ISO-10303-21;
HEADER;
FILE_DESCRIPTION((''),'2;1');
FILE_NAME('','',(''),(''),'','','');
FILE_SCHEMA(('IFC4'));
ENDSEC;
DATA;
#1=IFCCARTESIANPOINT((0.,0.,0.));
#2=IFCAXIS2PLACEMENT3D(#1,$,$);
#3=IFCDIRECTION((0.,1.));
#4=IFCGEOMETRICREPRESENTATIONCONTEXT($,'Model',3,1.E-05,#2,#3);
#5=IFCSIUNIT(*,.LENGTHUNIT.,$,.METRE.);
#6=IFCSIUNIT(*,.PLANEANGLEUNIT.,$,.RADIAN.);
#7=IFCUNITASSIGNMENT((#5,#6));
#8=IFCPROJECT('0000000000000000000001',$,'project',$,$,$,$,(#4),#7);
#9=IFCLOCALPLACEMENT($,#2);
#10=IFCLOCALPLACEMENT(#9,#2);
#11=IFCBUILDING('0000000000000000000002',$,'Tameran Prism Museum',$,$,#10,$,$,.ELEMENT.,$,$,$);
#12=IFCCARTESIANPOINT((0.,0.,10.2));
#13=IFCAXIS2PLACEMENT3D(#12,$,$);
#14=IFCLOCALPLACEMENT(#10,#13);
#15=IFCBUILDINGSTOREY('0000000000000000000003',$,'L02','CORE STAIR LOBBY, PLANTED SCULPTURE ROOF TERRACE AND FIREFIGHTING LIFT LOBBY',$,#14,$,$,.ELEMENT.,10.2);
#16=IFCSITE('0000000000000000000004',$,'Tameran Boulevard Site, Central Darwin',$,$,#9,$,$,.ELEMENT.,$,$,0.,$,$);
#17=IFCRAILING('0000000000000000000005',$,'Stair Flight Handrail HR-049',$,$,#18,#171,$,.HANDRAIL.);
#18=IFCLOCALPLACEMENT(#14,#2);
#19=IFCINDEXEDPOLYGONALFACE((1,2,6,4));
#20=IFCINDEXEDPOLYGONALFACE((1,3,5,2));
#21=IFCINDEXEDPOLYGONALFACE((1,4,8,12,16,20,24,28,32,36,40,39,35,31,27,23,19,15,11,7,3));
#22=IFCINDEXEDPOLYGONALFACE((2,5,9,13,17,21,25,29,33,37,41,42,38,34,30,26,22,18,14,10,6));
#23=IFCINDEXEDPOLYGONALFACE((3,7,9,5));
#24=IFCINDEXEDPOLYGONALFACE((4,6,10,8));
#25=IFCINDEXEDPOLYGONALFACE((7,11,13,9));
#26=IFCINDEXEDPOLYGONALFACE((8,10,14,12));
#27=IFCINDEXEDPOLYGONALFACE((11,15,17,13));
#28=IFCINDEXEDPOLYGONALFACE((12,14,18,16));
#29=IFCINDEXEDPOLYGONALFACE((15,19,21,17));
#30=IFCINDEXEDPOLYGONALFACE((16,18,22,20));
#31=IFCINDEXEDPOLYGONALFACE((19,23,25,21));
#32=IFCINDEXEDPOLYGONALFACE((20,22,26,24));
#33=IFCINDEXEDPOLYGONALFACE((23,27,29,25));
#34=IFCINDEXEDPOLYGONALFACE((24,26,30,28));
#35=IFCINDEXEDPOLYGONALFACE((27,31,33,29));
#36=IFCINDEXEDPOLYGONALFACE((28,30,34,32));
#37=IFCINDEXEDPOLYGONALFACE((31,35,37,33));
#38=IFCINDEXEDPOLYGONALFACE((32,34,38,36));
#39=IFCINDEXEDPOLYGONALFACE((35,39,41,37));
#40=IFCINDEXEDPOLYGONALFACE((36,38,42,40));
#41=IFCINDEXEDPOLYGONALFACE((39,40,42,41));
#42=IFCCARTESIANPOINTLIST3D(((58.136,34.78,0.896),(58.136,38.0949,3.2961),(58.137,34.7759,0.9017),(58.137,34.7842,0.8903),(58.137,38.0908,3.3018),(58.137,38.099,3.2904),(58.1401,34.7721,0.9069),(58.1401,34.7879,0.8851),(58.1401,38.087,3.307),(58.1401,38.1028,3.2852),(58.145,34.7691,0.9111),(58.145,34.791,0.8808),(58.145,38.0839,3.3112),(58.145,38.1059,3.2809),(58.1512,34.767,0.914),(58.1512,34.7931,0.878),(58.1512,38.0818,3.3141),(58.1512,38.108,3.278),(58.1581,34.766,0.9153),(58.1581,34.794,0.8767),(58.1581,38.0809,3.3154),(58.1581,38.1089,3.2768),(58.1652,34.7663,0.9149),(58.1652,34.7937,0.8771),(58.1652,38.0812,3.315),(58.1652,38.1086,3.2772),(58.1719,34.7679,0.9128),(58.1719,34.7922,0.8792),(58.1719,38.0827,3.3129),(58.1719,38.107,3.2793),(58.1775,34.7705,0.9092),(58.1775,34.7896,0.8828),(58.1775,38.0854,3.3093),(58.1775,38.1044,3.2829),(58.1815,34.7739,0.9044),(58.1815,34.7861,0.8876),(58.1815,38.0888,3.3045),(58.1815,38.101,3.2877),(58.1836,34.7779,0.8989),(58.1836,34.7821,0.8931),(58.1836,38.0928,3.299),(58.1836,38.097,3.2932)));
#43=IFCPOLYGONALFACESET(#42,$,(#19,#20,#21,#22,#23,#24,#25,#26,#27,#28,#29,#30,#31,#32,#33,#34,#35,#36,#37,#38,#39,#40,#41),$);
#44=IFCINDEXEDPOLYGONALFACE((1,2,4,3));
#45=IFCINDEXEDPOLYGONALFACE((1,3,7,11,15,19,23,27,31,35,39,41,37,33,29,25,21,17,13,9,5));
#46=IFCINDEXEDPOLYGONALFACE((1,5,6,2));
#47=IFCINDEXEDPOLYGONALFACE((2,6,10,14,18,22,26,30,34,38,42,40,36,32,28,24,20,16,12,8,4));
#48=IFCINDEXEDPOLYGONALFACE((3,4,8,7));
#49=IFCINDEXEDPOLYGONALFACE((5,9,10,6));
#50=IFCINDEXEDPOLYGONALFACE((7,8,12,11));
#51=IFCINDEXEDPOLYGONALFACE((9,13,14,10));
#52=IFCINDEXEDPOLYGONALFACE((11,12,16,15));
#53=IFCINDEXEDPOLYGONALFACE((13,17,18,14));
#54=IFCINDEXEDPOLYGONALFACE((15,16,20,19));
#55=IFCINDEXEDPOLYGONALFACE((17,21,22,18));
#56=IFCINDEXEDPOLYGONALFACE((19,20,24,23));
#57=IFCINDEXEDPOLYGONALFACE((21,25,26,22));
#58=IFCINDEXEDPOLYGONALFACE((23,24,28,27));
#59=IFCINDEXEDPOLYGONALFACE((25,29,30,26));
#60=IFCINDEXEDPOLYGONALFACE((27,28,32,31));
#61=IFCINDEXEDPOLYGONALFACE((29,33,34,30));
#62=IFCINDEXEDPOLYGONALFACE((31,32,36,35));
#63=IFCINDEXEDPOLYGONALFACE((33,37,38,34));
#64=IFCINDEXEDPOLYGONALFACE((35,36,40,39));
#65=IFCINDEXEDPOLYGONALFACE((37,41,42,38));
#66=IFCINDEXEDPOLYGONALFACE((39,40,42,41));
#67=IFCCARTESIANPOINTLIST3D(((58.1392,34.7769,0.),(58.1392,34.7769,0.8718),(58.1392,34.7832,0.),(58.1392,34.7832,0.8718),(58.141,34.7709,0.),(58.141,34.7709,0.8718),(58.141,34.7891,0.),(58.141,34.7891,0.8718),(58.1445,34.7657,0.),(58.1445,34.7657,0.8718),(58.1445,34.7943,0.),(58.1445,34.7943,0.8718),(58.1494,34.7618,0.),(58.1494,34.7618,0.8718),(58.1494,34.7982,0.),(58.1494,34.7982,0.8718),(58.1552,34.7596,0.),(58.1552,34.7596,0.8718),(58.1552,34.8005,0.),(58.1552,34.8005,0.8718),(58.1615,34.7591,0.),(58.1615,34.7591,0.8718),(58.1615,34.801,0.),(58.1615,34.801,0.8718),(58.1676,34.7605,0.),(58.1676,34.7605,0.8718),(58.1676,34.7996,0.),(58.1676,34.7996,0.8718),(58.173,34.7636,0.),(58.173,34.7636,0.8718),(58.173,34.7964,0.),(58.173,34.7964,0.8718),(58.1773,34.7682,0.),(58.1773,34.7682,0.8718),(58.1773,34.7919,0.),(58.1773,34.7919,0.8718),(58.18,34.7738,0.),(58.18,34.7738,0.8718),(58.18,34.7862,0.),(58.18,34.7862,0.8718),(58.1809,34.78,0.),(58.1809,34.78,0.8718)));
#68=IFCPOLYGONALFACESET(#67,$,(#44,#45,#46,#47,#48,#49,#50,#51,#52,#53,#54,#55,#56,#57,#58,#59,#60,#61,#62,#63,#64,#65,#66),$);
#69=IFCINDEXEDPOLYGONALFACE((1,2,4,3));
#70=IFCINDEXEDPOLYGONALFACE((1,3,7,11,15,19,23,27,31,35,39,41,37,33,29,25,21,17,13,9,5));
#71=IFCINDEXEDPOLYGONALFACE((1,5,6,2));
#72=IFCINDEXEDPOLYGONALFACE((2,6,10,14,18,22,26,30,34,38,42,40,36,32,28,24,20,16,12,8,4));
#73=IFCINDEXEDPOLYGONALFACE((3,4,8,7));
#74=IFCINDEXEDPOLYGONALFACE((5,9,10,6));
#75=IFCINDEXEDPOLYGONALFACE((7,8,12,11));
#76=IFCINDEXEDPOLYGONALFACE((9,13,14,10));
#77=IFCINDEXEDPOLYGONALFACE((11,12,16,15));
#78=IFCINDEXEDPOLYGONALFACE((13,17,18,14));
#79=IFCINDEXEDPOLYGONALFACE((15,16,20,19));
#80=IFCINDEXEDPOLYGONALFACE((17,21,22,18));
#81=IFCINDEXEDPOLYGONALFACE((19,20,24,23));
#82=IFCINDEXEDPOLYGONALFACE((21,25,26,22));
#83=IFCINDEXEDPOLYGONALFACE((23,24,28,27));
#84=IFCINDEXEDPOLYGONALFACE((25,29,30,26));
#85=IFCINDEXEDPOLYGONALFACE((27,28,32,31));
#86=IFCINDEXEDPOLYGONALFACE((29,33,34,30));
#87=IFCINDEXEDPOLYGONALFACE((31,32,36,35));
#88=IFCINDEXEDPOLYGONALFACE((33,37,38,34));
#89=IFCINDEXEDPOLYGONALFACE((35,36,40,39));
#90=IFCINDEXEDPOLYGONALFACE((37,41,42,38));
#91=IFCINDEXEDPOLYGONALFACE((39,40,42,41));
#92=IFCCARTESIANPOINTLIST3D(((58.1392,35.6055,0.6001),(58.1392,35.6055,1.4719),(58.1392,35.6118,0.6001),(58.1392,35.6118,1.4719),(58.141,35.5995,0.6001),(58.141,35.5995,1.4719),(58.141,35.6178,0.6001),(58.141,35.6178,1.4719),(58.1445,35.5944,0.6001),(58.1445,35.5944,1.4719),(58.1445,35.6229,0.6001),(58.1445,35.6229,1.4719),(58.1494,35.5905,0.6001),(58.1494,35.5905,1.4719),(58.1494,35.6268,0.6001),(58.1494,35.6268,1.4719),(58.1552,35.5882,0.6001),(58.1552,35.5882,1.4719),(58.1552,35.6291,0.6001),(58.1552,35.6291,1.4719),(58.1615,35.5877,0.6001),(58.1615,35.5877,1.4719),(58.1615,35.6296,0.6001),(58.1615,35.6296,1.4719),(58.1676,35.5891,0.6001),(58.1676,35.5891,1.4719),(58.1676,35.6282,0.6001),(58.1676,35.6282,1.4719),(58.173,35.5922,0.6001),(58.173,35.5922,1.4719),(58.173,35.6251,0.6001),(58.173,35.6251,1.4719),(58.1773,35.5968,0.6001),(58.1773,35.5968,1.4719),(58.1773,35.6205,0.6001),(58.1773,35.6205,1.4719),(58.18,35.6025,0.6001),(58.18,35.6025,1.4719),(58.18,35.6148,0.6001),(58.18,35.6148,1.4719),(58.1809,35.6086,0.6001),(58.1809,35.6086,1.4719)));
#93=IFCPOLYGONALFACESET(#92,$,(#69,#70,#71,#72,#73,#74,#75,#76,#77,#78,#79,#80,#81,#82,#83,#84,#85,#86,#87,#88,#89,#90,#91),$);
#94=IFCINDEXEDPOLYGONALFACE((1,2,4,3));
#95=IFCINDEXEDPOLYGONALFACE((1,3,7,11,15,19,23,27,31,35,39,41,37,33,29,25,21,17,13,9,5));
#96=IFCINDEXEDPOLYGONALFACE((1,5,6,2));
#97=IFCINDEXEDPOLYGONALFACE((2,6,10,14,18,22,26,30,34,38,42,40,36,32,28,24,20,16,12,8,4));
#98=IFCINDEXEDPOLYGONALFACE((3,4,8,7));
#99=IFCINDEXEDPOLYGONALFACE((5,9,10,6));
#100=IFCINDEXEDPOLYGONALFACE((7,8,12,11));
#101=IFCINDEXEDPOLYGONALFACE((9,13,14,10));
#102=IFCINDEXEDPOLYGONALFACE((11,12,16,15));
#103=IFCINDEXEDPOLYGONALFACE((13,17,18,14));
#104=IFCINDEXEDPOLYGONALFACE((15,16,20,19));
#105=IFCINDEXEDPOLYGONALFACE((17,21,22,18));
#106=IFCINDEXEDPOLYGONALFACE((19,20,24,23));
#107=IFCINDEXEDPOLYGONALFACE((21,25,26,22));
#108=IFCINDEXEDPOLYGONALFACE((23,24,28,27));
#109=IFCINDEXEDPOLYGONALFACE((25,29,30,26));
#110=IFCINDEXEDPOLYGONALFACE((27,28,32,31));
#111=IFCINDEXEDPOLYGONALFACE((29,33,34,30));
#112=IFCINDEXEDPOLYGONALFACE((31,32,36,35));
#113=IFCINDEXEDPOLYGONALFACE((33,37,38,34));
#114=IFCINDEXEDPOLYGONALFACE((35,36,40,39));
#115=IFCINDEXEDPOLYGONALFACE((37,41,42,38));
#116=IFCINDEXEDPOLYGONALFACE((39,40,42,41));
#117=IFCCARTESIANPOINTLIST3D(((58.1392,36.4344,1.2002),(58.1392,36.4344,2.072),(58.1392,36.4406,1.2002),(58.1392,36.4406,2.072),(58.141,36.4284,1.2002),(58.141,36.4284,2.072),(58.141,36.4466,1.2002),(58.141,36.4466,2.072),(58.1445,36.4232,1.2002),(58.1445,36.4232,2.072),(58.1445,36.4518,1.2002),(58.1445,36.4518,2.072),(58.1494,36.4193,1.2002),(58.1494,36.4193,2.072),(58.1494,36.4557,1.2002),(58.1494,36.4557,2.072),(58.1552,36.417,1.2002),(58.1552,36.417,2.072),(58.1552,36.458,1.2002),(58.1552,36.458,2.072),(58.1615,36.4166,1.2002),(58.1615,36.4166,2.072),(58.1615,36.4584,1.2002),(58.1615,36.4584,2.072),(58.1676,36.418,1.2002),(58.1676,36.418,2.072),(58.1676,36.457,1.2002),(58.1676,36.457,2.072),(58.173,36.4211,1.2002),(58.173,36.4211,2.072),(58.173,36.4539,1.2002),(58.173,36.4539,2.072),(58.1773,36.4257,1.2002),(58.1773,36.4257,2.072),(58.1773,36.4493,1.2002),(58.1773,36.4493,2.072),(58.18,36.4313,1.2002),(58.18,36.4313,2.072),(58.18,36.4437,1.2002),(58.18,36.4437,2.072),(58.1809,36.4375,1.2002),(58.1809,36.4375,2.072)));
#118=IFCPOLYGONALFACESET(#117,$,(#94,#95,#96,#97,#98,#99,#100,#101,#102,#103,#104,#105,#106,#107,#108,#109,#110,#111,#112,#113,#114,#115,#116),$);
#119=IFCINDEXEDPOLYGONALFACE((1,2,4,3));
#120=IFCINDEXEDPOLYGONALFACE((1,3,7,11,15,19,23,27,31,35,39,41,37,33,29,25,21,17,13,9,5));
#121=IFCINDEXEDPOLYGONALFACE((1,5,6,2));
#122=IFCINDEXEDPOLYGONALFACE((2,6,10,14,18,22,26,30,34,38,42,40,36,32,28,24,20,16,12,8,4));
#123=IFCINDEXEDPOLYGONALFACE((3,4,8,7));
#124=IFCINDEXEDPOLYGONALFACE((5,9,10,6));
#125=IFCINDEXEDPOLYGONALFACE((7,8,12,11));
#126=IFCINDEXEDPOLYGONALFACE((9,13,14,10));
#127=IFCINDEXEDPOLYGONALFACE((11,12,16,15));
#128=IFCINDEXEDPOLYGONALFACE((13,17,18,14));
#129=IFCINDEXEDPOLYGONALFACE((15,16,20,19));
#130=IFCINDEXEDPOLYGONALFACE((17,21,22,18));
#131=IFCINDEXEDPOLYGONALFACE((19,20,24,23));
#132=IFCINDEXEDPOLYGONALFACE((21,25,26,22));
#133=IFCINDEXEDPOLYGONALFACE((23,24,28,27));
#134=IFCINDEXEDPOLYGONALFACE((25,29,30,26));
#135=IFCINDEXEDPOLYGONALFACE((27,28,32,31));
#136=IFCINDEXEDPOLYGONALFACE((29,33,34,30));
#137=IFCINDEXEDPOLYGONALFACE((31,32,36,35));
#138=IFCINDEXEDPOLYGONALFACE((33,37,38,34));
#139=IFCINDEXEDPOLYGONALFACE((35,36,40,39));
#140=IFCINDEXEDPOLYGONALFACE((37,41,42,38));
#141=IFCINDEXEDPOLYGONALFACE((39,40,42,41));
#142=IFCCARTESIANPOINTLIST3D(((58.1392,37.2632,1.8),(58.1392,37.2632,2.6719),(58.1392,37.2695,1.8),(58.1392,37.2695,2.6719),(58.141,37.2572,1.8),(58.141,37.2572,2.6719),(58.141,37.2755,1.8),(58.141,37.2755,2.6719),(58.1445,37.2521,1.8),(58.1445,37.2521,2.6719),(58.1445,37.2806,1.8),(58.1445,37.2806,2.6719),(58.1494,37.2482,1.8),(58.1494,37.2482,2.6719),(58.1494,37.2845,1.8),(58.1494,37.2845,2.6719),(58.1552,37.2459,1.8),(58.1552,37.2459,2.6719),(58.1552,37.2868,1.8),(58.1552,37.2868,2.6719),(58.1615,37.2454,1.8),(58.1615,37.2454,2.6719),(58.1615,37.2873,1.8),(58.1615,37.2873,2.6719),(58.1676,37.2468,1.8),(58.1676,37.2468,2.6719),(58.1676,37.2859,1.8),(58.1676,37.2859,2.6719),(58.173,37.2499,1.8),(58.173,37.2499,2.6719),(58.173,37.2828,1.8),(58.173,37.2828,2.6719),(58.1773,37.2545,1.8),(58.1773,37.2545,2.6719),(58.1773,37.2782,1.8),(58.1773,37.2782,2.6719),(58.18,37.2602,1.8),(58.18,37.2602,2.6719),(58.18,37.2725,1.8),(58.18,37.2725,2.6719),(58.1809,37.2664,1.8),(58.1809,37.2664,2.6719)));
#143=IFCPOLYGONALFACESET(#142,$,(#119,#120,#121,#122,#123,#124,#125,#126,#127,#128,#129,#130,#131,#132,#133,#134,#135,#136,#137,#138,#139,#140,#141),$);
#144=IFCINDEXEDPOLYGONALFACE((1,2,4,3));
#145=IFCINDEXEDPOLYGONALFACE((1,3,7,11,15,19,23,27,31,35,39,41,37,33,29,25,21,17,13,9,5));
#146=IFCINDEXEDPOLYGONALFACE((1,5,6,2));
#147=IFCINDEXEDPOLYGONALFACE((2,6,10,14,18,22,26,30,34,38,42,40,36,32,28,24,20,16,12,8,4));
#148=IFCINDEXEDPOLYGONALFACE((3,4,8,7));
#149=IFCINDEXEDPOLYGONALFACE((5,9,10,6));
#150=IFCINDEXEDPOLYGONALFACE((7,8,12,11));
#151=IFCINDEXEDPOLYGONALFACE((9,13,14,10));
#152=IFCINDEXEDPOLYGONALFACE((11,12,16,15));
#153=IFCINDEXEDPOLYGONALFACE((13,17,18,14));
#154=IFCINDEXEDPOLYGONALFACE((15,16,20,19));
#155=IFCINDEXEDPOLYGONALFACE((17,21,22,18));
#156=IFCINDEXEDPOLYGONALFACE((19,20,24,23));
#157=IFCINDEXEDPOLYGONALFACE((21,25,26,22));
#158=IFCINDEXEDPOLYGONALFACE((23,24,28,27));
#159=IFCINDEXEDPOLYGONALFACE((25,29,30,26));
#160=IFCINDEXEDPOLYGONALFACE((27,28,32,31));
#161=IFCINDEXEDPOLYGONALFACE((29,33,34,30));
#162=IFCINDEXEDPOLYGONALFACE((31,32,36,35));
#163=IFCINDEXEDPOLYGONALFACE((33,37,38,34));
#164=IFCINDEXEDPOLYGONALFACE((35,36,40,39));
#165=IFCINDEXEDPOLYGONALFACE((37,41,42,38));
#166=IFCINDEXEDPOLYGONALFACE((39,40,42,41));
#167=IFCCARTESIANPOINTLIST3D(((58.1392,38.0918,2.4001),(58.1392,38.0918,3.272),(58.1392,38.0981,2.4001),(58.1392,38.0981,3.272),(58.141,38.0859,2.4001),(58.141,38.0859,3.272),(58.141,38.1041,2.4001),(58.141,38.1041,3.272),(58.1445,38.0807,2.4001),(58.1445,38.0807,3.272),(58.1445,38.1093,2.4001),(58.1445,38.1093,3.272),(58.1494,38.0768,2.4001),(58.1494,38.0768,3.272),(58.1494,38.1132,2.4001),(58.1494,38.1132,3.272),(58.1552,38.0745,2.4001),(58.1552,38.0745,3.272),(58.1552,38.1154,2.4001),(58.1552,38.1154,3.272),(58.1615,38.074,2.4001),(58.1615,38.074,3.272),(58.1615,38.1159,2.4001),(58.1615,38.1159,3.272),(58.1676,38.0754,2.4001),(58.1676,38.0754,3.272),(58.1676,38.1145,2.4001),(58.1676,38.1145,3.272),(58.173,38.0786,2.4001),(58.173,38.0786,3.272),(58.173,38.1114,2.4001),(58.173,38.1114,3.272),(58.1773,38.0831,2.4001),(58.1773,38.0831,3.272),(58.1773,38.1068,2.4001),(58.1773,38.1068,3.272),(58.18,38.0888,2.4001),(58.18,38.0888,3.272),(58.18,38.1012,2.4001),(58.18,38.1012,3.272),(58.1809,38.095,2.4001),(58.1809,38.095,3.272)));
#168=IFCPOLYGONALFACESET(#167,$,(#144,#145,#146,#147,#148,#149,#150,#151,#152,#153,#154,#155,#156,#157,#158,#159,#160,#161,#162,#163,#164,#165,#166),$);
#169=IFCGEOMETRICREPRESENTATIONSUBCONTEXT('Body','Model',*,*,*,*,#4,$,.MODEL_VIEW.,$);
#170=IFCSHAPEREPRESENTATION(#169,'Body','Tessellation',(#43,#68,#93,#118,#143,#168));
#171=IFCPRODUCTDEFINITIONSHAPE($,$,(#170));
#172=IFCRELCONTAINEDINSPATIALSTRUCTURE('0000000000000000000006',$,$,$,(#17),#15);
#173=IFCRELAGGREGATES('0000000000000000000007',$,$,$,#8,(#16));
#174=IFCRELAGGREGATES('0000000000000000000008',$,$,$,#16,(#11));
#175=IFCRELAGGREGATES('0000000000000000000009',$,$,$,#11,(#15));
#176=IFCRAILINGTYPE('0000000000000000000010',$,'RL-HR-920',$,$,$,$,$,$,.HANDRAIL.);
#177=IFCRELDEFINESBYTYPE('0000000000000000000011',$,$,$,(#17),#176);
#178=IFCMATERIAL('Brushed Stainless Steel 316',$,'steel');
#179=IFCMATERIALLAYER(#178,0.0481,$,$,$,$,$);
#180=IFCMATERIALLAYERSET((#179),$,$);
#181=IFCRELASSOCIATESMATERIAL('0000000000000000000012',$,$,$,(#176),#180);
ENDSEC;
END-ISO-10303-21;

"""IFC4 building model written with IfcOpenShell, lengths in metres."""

from ifc_helpers import new_model, si_unit, direction, frame, origin, origin_2d, place, context, subcontext, project, spatial, circle, extrude, material, layer, layer_set, type_object, element, save


model = new_model("IFC4")

# Units and contexts
model_context = context("Model", 3, precision=1e-05, world=origin(), true_north=direction((0.0, 1.0)))
body_context = subcontext(model_context, "Body", "Model", "MODEL_VIEW")
ifc_project = project(units=[si_unit("LENGTHUNIT", "METRE"), si_unit("PLANEANGLEUNIT", "RADIAN")], contexts=[model_context])

# Site, building, storey
site_placement = place(None, origin())
site = spatial("IfcSite", under=ifc_project, at=site_placement, Name="Tameran Boulevard Site, Central Darwin", CompositionType="ELEMENT", RefElevation=0.0)
building_placement = place(site_placement, origin())
building = spatial("IfcBuilding", under=site, at=building_placement, Name="Tameran Prism Museum", CompositionType="ELEMENT")
storey_placement = place(building_placement, frame((0.0, 0.0, 10.2)))
storey = spatial("IfcBuildingStorey", under=building, at=storey_placement, Name="L02", Description="CORE STAIR LOBBY, PLANTED SCULPTURE ROOF TERRACE AND FIREFIGHTING LIFT LOBBY", CompositionType="ELEMENT", Elevation=10.2)

# Railing
ifc_material_1 = material(Name="Brushed Stainless Steel 316", Category="steel")
ifc_layer_1 = layer(ifc_material_1, 0.0481)
ifc_layer_set_1 = layer_set([ifc_layer_1])
railing_type_1 = type_object("IfcRailingType", Name="RL-HR-920", PredefinedType="HANDRAIL", material=ifc_layer_set_1)
railing_1_placement = place(storey_placement, frame((58.1599, 34.78, 0.0)))
element("IfcRailing", 1, at=railing_1_placement, inside=storey, type_object=railing_type_1, Name="Stair Flight Handrail HR-049", PredefinedType="HANDRAIL", context=body_context, shape_type="SweptSolid", body=[
    extrude(circle(Radius=0.0239, at=origin_2d()), frame((0.0, 0.0, 0.896), z_axis=(0.0, 0.80998, 0.586457), x_axis=(-1.0, 0.0, 0.0)), (0.0, 0.0, 1.0), 4.0925),
    extrude(circle(Radius=0.021, at=origin_2d()), origin(), (0.0, 0.0, 1.0), 0.8718),
    extrude(circle(Radius=0.021, at=origin_2d()), frame((0.0, 0.8286, 0.6001)), (0.0, 0.0, 1.0), 0.8718),
    extrude(circle(Radius=0.021, at=origin_2d()), frame((0.0, 1.6575, 1.2002)), (0.0, 0.0, 1.0), 0.8718),
    extrude(circle(Radius=0.021, at=origin_2d()), frame((0.0, 2.4863, 1.8)), (0.0, 0.0, 1.0), 0.8718),
    extrude(circle(Radius=0.021, at=origin_2d()), frame((0.0, 3.3149, 2.4001)), (0.0, 0.0, 1.0), 0.8718),
])

save(model, "model.ifc")
